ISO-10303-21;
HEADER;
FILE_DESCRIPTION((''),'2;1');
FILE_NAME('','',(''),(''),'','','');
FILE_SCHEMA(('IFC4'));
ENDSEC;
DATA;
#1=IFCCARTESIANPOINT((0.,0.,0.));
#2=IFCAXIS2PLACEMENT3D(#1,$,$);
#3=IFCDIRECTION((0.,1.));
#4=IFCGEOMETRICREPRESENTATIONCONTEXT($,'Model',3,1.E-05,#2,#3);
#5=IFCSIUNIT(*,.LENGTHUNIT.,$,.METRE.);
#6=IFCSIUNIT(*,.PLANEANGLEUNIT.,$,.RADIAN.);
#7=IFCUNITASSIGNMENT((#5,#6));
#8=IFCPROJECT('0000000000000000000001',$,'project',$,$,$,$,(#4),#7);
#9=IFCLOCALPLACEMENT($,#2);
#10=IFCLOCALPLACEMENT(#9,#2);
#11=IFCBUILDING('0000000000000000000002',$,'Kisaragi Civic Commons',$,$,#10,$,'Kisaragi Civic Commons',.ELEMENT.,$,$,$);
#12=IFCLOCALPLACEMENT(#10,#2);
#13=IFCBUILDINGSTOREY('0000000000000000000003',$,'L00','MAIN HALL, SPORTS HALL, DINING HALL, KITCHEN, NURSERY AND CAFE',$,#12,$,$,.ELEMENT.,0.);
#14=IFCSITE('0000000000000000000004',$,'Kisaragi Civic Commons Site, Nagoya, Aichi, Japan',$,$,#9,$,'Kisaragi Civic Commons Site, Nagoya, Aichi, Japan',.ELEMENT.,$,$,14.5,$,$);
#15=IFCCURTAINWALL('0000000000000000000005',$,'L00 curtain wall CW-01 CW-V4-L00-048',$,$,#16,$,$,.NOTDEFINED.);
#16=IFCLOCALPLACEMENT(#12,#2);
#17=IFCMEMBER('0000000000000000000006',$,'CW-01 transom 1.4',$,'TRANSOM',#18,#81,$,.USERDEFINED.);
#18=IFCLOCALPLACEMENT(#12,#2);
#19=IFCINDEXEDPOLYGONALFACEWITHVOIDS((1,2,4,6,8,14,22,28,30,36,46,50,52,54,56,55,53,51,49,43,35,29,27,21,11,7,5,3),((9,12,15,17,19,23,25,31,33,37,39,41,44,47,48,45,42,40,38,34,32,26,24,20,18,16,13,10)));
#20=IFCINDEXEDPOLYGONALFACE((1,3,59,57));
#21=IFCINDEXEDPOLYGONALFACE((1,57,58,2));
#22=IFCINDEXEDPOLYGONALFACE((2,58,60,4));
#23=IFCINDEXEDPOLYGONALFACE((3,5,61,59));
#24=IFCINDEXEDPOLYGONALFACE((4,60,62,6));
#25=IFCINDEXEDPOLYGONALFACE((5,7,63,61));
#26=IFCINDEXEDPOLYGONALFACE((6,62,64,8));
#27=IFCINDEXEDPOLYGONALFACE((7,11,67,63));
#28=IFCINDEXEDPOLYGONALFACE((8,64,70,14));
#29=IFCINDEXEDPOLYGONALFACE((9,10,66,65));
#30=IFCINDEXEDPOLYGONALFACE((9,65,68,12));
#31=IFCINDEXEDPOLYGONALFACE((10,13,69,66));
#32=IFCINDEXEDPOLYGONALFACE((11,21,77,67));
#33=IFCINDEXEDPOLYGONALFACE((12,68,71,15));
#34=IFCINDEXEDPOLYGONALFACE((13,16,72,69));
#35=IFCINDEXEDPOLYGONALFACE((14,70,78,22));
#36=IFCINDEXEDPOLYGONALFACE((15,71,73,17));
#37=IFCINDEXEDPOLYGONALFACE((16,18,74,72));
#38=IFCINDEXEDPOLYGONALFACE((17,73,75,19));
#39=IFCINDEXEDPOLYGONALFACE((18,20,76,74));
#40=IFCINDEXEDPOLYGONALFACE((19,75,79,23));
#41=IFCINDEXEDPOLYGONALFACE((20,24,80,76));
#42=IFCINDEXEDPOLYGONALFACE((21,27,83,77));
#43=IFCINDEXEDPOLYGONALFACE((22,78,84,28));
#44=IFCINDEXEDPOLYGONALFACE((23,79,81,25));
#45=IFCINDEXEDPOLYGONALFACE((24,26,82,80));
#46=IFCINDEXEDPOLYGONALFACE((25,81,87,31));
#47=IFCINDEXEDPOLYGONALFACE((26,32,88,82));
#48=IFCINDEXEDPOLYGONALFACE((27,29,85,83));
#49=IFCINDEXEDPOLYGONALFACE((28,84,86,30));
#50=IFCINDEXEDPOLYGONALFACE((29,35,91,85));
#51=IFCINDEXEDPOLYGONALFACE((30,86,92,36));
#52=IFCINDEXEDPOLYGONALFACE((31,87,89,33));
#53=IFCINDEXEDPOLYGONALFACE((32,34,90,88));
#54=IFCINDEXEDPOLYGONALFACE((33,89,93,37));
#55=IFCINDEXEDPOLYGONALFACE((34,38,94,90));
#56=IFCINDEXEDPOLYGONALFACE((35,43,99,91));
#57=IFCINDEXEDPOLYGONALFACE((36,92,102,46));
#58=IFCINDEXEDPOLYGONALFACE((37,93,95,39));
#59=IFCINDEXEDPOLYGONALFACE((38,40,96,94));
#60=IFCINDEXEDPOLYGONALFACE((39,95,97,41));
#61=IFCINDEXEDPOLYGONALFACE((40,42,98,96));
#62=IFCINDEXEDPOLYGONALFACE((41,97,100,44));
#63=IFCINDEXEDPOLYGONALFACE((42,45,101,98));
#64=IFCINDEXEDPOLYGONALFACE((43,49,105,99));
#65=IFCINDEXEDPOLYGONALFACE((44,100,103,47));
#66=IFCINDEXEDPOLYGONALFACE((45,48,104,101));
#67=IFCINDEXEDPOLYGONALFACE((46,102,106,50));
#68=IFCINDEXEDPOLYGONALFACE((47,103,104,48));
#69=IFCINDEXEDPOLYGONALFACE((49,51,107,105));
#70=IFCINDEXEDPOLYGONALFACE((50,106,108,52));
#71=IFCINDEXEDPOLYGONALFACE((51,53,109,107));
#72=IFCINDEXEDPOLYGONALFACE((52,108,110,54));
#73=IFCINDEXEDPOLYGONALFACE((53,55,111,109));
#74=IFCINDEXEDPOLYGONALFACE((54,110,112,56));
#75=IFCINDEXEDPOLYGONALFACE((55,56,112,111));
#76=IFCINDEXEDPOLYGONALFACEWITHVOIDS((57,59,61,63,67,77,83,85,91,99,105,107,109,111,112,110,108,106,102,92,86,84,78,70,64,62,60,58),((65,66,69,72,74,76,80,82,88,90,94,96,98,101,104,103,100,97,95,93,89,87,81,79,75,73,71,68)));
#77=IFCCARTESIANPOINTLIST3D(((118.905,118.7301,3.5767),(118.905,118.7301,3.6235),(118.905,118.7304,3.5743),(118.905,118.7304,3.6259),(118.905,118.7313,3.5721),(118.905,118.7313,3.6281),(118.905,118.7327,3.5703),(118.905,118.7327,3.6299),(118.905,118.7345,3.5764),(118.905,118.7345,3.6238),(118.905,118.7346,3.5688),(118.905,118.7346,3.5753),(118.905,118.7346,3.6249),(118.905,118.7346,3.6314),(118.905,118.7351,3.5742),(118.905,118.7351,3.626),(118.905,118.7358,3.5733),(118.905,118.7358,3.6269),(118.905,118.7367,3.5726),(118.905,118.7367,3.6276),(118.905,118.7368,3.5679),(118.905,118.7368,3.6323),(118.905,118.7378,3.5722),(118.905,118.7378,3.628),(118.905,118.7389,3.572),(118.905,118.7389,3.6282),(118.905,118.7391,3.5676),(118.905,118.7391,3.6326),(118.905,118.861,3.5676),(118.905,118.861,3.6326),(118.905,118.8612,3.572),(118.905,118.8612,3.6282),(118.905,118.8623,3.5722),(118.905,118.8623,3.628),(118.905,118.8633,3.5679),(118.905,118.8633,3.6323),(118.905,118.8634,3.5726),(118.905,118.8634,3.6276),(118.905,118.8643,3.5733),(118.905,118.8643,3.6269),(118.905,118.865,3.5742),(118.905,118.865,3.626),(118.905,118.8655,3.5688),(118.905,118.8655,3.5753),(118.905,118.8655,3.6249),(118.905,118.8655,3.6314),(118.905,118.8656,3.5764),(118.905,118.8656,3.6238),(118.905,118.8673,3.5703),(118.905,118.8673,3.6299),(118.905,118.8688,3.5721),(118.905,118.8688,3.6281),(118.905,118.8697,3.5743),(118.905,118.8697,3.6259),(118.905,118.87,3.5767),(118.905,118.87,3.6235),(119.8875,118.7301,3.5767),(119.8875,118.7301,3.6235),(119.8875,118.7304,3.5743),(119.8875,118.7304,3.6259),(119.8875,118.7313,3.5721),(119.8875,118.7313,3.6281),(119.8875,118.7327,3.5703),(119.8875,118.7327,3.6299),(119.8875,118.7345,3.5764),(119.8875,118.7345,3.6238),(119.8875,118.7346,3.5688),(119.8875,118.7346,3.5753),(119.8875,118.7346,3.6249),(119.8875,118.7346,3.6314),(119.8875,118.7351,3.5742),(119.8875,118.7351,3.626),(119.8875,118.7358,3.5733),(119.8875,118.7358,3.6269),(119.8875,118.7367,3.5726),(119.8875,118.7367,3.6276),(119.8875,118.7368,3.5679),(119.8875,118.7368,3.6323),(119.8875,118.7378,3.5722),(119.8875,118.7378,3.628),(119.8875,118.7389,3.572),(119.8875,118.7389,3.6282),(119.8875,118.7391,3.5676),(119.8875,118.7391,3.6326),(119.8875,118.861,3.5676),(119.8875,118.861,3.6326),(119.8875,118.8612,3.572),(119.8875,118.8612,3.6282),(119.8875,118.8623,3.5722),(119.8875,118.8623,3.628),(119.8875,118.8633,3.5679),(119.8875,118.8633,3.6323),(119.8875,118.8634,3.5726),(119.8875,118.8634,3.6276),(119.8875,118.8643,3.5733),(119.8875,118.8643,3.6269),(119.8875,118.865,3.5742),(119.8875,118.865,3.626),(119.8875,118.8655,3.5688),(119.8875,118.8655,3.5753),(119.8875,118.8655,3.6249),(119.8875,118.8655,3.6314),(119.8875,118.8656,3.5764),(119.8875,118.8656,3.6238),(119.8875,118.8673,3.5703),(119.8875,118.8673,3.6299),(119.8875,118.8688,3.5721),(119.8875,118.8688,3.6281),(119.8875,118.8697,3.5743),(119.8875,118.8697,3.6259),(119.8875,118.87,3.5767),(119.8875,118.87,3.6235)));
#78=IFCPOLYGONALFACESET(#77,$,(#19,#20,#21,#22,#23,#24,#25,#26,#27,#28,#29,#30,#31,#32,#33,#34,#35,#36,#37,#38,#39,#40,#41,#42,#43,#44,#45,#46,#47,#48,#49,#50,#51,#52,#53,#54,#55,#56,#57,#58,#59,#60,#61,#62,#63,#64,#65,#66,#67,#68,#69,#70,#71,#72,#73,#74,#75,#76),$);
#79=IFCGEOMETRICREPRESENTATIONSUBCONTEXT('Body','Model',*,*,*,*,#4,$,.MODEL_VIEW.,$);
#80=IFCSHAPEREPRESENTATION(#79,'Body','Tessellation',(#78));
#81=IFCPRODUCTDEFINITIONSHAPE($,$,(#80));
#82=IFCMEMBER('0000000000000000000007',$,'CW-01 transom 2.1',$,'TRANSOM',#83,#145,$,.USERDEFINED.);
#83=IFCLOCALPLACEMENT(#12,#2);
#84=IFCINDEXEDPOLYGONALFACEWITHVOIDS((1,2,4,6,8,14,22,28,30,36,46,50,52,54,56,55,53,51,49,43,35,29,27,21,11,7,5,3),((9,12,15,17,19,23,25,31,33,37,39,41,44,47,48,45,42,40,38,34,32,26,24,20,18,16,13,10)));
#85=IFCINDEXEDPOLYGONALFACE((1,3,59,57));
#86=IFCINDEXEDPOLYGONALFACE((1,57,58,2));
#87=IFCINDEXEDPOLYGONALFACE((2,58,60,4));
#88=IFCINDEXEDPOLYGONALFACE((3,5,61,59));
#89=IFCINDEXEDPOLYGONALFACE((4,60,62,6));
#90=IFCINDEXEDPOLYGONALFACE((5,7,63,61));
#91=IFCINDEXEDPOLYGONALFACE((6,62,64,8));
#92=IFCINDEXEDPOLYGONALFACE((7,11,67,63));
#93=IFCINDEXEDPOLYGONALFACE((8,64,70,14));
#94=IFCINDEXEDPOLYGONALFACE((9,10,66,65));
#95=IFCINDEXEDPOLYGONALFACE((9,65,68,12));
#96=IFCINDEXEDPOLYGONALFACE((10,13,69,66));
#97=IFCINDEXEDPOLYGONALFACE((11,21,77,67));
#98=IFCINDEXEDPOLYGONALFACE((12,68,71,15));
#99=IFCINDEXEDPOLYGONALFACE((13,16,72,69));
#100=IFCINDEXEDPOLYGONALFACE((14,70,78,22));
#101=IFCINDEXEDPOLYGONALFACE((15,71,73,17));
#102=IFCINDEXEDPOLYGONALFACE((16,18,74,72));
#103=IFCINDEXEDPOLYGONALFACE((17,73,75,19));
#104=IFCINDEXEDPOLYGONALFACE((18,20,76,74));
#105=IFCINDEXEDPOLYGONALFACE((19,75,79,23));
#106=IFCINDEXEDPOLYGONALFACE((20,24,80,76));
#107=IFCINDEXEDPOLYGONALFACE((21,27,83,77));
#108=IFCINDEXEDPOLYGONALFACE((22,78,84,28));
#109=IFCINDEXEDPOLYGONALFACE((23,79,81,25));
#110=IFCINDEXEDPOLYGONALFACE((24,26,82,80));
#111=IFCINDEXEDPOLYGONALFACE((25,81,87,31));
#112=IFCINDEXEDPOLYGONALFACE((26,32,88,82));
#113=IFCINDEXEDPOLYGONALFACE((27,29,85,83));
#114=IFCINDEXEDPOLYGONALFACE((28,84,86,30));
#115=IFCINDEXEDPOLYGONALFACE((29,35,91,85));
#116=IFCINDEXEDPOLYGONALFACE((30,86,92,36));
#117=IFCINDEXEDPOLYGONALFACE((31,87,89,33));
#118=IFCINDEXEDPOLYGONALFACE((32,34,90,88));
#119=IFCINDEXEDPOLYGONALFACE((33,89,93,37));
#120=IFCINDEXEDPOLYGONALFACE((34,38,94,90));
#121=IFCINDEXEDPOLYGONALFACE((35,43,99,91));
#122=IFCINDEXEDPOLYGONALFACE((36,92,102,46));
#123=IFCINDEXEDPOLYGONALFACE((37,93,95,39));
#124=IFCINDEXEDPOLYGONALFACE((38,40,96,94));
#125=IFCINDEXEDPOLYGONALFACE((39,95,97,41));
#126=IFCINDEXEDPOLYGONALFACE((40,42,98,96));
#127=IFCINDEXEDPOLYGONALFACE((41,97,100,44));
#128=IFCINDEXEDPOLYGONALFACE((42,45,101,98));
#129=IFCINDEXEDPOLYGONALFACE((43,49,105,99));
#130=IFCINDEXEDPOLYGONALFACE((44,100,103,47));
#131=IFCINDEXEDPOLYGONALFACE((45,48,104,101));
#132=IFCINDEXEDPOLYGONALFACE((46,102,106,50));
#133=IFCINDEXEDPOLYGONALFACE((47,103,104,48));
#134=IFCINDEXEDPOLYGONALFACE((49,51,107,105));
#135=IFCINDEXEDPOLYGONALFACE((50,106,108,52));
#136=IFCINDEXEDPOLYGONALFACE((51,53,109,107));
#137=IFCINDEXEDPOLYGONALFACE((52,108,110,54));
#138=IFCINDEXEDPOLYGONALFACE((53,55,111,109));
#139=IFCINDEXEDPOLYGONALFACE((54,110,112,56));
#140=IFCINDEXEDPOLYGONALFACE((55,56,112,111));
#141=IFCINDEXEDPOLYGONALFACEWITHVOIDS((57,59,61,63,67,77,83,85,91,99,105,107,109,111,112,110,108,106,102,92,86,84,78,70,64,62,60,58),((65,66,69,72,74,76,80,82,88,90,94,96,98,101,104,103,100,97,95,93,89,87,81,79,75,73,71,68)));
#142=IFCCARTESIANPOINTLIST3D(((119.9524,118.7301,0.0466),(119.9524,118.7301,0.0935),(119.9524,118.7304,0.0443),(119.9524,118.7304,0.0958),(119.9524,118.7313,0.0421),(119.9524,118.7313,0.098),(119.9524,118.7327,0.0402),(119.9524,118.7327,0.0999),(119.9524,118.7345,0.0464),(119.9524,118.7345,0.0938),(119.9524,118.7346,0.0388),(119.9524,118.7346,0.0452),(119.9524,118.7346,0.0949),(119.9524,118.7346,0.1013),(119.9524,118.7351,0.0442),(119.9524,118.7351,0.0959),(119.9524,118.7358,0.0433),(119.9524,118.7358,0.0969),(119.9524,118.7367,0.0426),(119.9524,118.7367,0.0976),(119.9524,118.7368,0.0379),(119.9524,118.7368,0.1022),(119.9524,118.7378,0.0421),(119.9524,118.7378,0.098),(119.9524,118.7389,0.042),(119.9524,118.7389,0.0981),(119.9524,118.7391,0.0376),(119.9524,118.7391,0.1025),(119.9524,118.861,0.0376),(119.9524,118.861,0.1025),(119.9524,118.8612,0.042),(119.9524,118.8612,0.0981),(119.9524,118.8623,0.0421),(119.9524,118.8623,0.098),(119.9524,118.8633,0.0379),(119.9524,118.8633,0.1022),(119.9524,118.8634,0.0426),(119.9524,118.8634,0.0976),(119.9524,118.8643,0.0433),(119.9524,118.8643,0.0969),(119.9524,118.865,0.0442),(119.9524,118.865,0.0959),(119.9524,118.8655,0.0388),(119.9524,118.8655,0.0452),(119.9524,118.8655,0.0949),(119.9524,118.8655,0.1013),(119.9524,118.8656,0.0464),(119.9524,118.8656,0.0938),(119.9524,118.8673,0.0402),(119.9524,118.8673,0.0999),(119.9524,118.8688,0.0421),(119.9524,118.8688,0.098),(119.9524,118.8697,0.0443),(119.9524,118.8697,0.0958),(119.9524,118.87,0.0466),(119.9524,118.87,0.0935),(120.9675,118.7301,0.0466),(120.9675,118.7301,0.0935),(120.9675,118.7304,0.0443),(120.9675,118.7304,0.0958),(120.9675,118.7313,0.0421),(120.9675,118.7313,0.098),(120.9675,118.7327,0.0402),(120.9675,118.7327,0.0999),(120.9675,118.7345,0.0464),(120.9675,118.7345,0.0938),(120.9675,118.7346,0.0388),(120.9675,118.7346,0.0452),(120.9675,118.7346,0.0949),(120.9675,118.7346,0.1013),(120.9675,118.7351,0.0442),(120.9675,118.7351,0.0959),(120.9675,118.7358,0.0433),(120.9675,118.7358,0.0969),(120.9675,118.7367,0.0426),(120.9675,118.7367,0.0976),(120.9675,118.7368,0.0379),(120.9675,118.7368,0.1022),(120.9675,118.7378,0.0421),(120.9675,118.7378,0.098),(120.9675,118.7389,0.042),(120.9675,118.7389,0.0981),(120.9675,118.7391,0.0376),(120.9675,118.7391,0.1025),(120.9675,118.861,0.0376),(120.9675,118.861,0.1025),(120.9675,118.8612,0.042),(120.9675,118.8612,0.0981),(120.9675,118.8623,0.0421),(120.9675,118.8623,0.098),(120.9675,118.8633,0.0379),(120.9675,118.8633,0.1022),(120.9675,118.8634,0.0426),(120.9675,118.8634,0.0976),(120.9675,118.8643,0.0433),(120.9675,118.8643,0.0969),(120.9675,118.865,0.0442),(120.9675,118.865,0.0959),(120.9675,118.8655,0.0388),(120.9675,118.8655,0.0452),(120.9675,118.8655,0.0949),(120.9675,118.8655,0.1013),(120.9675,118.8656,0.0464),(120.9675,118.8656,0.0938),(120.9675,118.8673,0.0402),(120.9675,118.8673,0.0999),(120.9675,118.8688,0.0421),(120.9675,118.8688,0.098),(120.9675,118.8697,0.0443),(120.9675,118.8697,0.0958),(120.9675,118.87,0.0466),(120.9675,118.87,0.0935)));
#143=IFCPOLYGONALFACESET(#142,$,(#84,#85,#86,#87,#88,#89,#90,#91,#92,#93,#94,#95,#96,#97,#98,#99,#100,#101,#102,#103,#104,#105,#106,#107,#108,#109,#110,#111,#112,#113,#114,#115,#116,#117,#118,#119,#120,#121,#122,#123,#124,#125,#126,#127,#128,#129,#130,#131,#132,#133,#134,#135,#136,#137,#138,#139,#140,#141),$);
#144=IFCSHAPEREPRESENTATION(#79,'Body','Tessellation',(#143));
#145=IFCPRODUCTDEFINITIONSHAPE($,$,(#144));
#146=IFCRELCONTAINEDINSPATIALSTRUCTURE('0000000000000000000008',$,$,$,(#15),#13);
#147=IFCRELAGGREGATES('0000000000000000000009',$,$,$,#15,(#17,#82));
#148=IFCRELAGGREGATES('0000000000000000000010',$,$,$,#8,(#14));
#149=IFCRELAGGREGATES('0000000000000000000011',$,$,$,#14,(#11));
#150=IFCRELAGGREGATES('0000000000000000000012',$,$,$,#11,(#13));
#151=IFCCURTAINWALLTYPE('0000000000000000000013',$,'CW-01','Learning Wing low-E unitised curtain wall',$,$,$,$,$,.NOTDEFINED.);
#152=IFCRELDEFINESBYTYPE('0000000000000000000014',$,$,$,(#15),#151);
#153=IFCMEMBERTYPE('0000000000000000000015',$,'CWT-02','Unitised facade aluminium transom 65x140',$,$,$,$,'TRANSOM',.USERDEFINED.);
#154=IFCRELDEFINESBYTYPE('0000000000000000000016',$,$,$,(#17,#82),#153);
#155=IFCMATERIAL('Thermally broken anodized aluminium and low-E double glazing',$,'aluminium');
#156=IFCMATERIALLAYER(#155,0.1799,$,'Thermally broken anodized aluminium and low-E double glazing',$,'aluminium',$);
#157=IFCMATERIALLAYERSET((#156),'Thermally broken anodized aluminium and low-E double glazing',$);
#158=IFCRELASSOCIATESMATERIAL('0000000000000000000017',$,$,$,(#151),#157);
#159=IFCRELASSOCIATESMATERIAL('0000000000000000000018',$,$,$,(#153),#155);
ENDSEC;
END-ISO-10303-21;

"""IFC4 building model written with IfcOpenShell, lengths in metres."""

from ifc_helpers import new_model, si_unit, direction, frame, origin, origin_2d, place, context, subcontext, project, spatial, hollow_rectangle, extrude, material, layer, layer_set, material_profile, profile_set, type_object, element, aggregate, save


model = new_model("IFC4")

# Units and contexts
model_context = context("Model", 3, precision=1e-05, world=origin(), true_north=direction((0.0, 1.0)))
body_context = subcontext(model_context, "Body", "Model", "MODEL_VIEW")
ifc_project = project(units=[si_unit("LENGTHUNIT", "METRE"), si_unit("PLANEANGLEUNIT", "RADIAN")], contexts=[model_context])

# Site, building, storey
site_placement = place(None, origin())
site = spatial("IfcSite", under=ifc_project, at=site_placement, Name="Kisaragi Civic Commons Site, Nagoya, Aichi, Japan", LongName="Kisaragi Civic Commons Site, Nagoya, Aichi, Japan", CompositionType="ELEMENT", RefElevation=14.5)
building_placement = place(site_placement, origin())
building = spatial("IfcBuilding", under=site, at=building_placement, Name="Kisaragi Civic Commons", LongName="Kisaragi Civic Commons", CompositionType="ELEMENT")
storey_placement = place(building_placement, origin())
storey = spatial("IfcBuildingStorey", under=building, at=storey_placement, Name="L00", Description="MAIN HALL, SPORTS HALL, DINING HALL, KITCHEN, NURSERY AND CAFE", CompositionType="ELEMENT", Elevation=0.0)

# Curtain wall
ifc_material_1 = material(Name="Thermally broken anodized aluminium and low-E double glazing", Category="aluminium")
ifc_layer_1 = layer(ifc_material_1, 0.1799, Name="Thermally broken anodized aluminium and low-E double glazing", Category="aluminium")
ifc_layer_set_1 = layer_set([ifc_layer_1], Name="Thermally broken anodized aluminium and low-E double glazing")
curtain_wall_type = type_object("IfcCurtainWallType", Name="CW-01", Description="Learning Wing low-E unitised curtain wall", PredefinedType="NOTDEFINED", material=ifc_layer_set_1)
curtain_wall_1_placement = place(storey_placement, origin())
curtain_wall_1 = element("IfcCurtainWall", 1, at=curtain_wall_1_placement, inside=storey, type_object=curtain_wall_type, Name="L00 curtain wall CW-01 CW-V4-L00-048", PredefinedType="NOTDEFINED")

# Members
ifc_material_profile_1 = material_profile(ifc_material_1, hollow_rectangle(XDim=0.1399, YDim=0.0649, WallThickness=0.0044, InnerFilletRadius=0.0044, OuterFilletRadius=0.009, at=origin_2d()), Name="CWT-65x140x4.5", Category="aluminium")
ifc_profile_set_1 = profile_set([ifc_material_profile_1], Name="Thermally broken anodized aluminium and low-E double glazing")
member_type_1 = type_object("IfcMemberType", Name="CWT-02", Description="Unitised facade aluminium transom 65x140", ElementType="TRANSOM", PredefinedType="USERDEFINED", material=ifc_profile_set_1)
member_1_placement = place(storey_placement, frame((118.905, 118.8, 3.6001), z_axis=(1.0, 0.0, 0.0), x_axis=(0.0, 1.0, 0.0)))
member_1 = element("IfcMember", 2, at=member_1_placement, type_object=member_type_1, Name="CW-01 transom 1.4", ObjectType="TRANSOM", PredefinedType="USERDEFINED", context=body_context, shape_type="SweptSolid", body=[
    extrude(hollow_rectangle(XDim=0.1399, YDim=0.0649, WallThickness=0.0044, InnerFilletRadius=0.0044, OuterFilletRadius=0.009, at=origin_2d()), origin(), (0.0, 0.0, 1.0), 0.9824),
])
member_2_placement = place(storey_placement, frame((119.9524, 118.8, 0.0701), z_axis=(1.0, 0.0, 0.0), x_axis=(0.0, 1.0, 0.0)))
member_2 = element("IfcMember", 3, at=member_2_placement, type_object=member_type_1, Name="CW-01 transom 2.1", ObjectType="TRANSOM", PredefinedType="USERDEFINED", context=body_context, shape_type="SweptSolid", body=[
    extrude(hollow_rectangle(XDim=0.1399, YDim=0.0649, WallThickness=0.0044, InnerFilletRadius=0.0044, OuterFilletRadius=0.009, at=origin_2d()), origin(), (0.0, 0.0, 1.0), 1.0151),
])

aggregate(curtain_wall_1, [member_1, member_2])

save(model, "model.ifc")
